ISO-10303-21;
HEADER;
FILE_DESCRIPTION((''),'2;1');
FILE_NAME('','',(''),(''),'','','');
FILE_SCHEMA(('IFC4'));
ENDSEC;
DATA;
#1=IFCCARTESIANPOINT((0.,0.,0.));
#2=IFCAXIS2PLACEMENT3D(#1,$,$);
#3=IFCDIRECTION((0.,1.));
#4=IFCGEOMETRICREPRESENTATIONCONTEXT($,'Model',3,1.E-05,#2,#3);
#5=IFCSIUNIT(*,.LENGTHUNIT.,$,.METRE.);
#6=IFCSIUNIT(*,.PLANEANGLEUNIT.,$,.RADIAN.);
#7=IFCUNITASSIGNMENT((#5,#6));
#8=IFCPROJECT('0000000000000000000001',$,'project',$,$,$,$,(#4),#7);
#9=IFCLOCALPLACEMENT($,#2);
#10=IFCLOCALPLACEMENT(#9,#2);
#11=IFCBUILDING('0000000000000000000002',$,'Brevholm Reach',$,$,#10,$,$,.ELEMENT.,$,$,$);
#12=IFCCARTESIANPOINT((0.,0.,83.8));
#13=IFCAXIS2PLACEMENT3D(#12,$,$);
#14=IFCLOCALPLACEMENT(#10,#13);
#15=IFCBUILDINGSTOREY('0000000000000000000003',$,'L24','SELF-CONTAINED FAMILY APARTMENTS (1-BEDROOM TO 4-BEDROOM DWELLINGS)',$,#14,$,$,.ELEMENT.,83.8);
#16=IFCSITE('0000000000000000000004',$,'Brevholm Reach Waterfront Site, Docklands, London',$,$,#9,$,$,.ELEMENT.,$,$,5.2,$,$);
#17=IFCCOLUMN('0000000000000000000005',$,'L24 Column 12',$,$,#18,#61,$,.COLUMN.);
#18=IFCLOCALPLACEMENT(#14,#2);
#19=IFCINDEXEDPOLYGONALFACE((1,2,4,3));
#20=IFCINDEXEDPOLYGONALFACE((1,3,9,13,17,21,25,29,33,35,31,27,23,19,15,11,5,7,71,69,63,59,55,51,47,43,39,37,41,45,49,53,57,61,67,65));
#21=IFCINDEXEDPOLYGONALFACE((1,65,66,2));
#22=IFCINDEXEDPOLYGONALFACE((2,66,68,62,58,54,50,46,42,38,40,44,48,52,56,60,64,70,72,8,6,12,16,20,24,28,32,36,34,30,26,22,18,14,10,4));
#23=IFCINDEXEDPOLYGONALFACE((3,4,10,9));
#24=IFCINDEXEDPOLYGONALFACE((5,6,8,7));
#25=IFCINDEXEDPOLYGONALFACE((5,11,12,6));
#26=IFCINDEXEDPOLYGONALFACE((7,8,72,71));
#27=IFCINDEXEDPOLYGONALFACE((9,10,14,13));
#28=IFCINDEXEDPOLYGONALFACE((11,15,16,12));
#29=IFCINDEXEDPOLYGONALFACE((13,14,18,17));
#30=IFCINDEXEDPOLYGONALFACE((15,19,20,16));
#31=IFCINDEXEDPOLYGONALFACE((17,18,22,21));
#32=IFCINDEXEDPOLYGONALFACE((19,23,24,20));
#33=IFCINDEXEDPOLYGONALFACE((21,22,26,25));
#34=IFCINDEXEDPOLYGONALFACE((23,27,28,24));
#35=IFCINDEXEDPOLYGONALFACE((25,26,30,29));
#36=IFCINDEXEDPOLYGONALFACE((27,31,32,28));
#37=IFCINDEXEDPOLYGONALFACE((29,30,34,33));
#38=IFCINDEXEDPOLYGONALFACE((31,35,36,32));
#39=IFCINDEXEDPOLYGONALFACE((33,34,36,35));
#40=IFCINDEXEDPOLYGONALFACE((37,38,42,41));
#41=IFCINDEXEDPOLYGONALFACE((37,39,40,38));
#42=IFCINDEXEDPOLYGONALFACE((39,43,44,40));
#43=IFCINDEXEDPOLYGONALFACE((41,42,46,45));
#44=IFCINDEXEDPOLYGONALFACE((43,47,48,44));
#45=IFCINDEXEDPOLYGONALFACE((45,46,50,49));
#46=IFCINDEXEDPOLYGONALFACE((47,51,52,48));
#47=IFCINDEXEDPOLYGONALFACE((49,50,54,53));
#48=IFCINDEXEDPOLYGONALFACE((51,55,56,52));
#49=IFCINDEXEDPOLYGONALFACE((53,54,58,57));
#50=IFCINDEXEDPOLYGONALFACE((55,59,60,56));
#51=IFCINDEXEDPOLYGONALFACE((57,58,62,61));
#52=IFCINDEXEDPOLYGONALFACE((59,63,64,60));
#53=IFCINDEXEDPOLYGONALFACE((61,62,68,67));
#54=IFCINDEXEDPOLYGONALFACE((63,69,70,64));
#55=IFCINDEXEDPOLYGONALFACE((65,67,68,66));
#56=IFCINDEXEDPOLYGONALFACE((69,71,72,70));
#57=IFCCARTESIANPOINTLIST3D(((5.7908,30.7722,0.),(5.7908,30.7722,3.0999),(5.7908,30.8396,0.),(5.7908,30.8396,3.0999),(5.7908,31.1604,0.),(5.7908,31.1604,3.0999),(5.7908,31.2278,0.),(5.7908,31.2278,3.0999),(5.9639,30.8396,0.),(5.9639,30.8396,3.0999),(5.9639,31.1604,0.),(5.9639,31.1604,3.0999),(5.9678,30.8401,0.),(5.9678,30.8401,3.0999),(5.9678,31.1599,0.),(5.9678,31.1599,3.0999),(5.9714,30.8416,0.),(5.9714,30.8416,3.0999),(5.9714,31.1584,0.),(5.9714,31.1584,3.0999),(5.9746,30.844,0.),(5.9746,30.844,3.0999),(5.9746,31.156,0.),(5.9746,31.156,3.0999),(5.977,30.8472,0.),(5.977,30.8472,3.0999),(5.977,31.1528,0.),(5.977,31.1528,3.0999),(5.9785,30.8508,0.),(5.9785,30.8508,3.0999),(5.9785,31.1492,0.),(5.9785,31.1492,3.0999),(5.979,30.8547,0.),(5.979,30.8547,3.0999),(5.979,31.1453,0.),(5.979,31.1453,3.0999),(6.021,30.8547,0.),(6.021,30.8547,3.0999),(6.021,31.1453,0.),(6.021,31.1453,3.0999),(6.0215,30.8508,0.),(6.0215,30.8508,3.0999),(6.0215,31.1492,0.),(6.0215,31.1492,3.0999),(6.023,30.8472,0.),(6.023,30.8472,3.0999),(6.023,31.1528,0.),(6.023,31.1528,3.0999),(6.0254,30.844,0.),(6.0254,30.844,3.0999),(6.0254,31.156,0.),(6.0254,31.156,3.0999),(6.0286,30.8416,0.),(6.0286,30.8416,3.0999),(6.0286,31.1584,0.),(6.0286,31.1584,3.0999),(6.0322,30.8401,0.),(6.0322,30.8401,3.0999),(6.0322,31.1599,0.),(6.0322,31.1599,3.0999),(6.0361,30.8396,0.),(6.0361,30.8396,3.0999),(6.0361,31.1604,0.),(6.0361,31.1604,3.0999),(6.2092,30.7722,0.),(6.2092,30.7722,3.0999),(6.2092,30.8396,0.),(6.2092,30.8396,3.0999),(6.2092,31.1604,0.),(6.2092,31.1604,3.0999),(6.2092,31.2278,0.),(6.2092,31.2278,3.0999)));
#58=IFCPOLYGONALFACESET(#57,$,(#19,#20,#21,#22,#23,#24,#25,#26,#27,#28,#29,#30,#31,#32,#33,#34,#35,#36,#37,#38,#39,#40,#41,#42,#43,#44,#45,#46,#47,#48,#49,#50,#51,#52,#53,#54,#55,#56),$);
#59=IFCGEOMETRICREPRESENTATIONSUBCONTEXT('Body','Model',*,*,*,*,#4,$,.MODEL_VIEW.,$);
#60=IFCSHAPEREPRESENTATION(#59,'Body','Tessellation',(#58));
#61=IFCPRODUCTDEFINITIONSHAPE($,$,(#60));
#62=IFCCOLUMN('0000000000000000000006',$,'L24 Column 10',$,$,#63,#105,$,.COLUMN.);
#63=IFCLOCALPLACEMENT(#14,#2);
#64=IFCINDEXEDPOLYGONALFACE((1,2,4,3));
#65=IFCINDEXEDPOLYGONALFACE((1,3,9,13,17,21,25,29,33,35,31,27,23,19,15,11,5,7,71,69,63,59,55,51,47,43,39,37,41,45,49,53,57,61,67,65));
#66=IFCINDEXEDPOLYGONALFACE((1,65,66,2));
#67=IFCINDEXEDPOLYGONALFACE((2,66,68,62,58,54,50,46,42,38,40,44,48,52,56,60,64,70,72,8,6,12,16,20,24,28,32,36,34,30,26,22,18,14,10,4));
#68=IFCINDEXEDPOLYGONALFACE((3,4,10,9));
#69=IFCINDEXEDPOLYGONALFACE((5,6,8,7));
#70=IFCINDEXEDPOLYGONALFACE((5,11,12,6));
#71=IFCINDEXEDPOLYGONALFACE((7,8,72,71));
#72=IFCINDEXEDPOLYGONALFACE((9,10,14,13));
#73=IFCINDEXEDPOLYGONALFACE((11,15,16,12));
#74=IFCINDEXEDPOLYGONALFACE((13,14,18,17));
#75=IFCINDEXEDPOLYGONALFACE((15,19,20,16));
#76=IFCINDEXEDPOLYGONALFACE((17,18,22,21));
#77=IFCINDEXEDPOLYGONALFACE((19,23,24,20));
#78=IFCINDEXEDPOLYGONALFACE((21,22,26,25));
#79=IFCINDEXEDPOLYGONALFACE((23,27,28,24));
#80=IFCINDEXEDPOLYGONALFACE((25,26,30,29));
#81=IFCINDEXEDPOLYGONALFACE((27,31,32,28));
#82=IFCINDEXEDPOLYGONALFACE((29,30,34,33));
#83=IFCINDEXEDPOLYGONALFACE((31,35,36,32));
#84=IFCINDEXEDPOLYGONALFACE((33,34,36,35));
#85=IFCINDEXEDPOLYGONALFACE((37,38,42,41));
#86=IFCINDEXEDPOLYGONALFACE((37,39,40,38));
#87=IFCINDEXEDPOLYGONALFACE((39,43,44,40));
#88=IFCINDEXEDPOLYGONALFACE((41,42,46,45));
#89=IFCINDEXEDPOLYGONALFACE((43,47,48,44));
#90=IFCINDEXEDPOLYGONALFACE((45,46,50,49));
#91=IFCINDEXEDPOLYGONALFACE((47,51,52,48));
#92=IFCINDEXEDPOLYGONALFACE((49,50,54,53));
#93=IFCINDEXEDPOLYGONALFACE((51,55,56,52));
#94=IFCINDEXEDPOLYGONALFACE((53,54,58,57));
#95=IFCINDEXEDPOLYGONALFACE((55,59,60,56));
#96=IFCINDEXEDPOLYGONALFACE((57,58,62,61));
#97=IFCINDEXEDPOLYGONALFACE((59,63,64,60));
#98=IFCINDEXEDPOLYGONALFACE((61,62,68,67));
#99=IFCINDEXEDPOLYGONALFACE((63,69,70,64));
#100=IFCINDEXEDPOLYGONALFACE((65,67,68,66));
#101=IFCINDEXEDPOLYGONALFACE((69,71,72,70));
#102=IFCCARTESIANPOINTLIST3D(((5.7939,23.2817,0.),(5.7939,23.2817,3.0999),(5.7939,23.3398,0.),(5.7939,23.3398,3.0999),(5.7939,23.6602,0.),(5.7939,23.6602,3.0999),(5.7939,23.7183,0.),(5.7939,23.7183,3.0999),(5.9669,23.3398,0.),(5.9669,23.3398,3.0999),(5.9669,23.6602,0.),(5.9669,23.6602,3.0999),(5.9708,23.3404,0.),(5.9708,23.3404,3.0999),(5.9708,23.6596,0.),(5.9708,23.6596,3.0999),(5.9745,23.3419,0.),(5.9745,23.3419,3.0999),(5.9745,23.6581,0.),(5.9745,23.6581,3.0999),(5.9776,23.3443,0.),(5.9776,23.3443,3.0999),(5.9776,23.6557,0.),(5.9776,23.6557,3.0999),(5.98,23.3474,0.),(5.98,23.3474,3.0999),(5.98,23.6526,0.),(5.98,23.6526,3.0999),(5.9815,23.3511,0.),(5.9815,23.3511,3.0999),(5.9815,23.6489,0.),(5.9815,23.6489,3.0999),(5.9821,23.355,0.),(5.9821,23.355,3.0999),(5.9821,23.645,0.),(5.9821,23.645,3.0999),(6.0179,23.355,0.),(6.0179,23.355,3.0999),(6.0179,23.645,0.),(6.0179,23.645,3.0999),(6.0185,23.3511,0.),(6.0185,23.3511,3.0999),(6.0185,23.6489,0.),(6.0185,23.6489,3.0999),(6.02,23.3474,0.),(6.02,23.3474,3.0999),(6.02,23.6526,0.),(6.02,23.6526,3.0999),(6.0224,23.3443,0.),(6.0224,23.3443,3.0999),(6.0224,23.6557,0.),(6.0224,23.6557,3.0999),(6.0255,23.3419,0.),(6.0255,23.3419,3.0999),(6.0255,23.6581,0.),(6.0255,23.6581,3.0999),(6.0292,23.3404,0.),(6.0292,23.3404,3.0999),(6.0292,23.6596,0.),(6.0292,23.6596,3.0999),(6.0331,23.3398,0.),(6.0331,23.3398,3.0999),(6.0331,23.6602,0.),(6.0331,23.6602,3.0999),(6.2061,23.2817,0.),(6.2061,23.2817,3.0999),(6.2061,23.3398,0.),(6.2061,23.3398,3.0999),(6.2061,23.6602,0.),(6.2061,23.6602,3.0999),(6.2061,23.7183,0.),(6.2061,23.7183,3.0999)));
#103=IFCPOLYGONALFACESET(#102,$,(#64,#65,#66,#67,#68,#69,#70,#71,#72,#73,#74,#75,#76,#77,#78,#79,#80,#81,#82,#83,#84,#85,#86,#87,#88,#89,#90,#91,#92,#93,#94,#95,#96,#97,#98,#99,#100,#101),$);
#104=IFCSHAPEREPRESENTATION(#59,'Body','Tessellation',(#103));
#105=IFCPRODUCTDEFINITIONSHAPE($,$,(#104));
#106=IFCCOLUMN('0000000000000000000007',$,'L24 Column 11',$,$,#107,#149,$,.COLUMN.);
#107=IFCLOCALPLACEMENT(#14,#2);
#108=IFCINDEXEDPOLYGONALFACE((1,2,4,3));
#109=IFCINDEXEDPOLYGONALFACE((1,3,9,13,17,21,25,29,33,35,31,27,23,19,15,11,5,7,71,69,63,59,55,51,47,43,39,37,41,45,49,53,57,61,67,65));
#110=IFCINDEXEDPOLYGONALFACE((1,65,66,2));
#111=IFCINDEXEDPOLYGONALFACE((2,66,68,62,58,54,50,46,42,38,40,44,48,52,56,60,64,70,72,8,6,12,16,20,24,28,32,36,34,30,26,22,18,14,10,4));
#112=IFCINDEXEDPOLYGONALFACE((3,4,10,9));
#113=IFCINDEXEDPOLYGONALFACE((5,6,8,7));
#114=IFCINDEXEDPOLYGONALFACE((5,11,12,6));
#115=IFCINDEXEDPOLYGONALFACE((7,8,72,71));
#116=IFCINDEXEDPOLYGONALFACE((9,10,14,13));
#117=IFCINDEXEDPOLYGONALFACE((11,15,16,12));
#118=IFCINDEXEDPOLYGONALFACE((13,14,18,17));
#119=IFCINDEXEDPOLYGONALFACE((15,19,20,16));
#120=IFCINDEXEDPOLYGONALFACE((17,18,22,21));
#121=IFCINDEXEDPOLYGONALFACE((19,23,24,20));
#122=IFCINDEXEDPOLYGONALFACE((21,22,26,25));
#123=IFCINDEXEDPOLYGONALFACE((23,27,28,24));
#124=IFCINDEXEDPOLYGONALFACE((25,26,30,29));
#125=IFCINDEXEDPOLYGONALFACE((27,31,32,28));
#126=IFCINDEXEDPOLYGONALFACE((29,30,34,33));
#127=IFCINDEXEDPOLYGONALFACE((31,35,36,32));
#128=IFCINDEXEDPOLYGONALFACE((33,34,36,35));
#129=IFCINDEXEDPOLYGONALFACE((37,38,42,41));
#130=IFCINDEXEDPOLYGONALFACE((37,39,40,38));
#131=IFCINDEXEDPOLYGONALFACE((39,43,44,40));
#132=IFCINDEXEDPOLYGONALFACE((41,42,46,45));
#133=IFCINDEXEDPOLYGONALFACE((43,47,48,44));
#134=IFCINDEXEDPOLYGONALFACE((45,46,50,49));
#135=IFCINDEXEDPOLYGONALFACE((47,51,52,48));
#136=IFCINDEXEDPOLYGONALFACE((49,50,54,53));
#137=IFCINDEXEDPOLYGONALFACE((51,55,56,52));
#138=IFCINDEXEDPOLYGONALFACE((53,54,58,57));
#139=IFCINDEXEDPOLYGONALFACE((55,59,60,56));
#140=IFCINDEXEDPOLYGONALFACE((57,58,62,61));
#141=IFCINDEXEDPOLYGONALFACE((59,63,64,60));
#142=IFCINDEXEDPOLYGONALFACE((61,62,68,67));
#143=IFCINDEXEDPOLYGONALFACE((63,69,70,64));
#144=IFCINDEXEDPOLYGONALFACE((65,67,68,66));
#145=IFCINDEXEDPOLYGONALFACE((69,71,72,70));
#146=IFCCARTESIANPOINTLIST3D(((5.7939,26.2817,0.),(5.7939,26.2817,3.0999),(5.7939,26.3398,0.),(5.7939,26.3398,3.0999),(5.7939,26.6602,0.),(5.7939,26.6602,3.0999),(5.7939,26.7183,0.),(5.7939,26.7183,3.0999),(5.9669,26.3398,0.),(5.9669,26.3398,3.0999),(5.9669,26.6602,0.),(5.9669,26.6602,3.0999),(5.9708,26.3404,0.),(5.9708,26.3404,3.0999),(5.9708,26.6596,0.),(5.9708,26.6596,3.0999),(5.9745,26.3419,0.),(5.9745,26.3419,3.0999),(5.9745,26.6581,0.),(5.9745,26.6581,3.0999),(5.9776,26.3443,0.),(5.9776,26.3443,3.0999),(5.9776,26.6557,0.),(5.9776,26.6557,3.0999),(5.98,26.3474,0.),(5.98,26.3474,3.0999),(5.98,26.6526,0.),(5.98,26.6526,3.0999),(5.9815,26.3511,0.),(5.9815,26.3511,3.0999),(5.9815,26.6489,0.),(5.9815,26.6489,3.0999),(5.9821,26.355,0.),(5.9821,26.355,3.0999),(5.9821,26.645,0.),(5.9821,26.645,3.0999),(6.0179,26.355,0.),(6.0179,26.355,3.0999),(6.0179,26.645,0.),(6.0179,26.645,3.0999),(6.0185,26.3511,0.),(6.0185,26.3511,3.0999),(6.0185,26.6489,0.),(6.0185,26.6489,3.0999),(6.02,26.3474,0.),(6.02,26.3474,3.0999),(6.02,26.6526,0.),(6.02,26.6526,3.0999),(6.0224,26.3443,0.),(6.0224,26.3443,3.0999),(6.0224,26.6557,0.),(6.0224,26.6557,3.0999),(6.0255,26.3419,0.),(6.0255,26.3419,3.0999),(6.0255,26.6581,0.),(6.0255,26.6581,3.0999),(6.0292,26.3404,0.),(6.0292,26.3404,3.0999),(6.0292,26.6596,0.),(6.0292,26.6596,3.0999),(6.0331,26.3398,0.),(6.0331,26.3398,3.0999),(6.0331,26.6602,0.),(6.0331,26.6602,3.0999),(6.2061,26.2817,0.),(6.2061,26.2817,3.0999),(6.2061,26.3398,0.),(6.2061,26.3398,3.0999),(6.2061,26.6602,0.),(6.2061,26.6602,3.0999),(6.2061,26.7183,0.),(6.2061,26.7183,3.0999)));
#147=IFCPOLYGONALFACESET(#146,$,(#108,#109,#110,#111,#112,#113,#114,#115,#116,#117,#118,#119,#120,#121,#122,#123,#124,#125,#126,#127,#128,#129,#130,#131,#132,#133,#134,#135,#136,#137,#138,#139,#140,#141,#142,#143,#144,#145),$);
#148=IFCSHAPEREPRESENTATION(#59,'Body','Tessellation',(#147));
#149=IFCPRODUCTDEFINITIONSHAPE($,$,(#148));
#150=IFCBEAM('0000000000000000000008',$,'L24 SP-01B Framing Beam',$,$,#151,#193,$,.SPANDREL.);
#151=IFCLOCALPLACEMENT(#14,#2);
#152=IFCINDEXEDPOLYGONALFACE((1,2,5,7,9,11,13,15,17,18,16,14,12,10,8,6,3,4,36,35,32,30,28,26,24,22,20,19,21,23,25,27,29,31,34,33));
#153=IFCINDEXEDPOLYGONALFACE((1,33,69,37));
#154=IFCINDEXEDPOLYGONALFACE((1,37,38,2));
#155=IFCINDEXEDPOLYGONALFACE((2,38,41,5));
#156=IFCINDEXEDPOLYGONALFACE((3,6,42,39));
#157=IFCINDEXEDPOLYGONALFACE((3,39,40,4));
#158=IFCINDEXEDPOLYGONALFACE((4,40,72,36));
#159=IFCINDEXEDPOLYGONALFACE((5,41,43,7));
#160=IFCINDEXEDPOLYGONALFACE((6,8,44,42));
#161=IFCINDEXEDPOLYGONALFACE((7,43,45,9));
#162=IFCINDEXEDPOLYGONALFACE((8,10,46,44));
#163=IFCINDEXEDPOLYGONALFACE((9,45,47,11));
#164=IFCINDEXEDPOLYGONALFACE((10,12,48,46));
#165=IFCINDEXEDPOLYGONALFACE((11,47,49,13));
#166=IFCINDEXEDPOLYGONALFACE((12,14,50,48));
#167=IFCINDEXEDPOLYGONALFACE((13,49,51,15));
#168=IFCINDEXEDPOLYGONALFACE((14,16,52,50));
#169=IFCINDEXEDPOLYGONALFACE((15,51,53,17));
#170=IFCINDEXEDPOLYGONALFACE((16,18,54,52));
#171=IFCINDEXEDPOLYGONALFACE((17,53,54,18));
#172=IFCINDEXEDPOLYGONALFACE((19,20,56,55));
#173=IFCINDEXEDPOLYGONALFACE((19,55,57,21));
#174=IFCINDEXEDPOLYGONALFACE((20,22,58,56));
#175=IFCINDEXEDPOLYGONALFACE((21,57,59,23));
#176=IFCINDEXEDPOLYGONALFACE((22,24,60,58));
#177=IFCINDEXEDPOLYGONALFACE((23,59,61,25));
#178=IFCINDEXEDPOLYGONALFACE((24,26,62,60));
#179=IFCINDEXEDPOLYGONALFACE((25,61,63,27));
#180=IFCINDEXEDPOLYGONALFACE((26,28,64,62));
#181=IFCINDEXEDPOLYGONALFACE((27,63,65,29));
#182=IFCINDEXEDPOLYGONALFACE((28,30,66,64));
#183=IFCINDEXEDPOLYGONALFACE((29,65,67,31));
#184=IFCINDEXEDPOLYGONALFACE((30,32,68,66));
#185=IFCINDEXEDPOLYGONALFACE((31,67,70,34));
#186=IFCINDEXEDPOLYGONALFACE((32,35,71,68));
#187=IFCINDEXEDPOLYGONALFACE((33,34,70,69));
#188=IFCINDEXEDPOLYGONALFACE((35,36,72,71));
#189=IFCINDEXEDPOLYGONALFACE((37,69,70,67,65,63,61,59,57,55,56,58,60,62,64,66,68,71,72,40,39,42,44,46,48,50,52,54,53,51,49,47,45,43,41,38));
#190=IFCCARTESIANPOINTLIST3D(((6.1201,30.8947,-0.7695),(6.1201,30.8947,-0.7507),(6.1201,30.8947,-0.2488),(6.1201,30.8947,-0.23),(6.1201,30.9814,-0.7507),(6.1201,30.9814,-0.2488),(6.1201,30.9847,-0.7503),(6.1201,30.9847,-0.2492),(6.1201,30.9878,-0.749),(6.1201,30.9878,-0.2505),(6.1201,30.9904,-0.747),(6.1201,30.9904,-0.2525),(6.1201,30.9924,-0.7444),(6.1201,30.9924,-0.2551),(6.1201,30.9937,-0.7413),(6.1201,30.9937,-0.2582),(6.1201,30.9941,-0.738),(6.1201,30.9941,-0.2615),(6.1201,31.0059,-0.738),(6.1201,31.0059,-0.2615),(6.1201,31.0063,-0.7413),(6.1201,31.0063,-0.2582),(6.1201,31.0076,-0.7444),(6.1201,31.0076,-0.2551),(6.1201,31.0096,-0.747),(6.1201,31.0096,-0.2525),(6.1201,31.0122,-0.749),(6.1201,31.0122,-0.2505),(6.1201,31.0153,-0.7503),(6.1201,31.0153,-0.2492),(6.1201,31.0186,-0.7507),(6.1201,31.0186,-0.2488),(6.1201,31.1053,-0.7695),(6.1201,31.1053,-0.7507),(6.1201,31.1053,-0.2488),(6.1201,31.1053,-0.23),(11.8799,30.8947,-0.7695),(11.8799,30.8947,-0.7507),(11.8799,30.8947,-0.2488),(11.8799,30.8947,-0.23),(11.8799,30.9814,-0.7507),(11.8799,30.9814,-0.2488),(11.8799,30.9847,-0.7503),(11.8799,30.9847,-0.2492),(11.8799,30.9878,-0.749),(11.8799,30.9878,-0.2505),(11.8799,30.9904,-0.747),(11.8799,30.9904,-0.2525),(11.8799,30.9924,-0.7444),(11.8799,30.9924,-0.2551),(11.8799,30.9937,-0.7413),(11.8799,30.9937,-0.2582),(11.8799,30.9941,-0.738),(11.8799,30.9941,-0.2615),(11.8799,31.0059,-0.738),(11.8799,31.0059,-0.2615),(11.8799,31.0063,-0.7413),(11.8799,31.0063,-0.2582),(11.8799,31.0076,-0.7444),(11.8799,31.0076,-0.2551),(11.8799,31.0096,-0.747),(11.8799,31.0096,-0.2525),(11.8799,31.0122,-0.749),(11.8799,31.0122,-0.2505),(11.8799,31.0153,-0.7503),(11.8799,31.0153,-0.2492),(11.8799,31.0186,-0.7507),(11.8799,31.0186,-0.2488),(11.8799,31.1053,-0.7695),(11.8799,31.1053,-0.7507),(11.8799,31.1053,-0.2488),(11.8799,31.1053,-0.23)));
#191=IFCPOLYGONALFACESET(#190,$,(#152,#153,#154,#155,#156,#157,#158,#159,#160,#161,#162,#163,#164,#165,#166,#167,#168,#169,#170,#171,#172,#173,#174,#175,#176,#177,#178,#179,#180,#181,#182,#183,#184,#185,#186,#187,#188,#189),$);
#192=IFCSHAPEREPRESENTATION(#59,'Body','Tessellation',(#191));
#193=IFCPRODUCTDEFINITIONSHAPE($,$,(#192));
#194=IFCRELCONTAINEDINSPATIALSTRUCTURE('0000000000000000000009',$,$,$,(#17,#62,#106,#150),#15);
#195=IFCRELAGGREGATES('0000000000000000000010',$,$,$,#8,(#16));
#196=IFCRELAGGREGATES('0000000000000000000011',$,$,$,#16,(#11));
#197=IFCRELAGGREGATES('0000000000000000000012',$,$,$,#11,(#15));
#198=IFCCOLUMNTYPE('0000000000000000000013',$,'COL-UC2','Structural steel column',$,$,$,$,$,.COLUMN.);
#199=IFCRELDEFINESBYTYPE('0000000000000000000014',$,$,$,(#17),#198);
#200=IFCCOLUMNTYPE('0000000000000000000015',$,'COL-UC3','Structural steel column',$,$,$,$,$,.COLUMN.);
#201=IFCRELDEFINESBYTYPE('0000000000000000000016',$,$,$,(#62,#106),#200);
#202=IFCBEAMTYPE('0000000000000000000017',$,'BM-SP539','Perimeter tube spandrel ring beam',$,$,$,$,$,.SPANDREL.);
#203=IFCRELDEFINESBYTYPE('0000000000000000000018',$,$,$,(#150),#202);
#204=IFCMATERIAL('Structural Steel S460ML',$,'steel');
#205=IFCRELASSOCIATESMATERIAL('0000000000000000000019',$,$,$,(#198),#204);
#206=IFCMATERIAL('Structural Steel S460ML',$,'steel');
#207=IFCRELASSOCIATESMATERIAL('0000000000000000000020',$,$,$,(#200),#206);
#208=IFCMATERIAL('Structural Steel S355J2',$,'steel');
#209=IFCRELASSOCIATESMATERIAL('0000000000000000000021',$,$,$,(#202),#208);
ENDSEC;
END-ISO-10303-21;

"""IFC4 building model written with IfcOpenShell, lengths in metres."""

from ifc_helpers import new_model, si_unit, direction, frame, origin, origin_2d, place, context, subcontext, project, spatial, i_section, extrude, material, material_profile, profile_set, type_object, element, save


model = new_model("IFC4")

# Units and contexts
model_context = context("Model", 3, precision=1e-05, world=origin(), true_north=direction((0.0, 1.0)))
body_context = subcontext(model_context, "Body", "Model", "MODEL_VIEW")
ifc_project = project(units=[si_unit("LENGTHUNIT", "METRE"), si_unit("PLANEANGLEUNIT", "RADIAN")], contexts=[model_context])

# Site, building, storey
site_placement = place(None, origin())
site = spatial("IfcSite", under=ifc_project, at=site_placement, Name="Brevholm Reach Waterfront Site, Docklands, London", CompositionType="ELEMENT", RefElevation=5.2)
building_placement = place(site_placement, origin())
building = spatial("IfcBuilding", under=site, at=building_placement, Name="Brevholm Reach", CompositionType="ELEMENT")
storey_placement = place(building_placement, frame((0.0, 0.0, 83.8)))
storey = spatial("IfcBuildingStorey", under=building, at=storey_placement, Name="L24", Description="SELF-CONTAINED FAMILY APARTMENTS (1-BEDROOM TO 4-BEDROOM DWELLINGS)", CompositionType="ELEMENT", Elevation=83.8)

# Columns
ifc_material_1 = material(Name="Structural Steel S460ML", Category="steel")
ifc_material_profile_1 = material_profile(ifc_material_1, i_section(OverallWidth=0.4185, OverallDepth=0.4556, WebThickness=0.042, FlangeThickness=0.0674, FilletRadius=0.0151, at=origin_2d()), Name="UKC 356x406x551")
ifc_profile_set_1 = profile_set([ifc_material_profile_1], Name="Structural Steel S460ML")
column_type_1 = type_object("IfcColumnType", Name="COL-UC2", Description="Structural steel column", PredefinedType="COLUMN", material=ifc_profile_set_1)
column_placement = place(storey_placement, frame((6.0, 31.0, 0.0), z_axis=(0.0, 0.0, 1.0), x_axis=(1.0, 0.0, 0.0)))
element("IfcColumn", 1, at=column_placement, inside=storey, type_object=column_type_1, Name="L24 Column 12", PredefinedType="COLUMN", context=body_context, shape_type="SweptSolid", body=[
    extrude(i_section(OverallWidth=0.4185, OverallDepth=0.4556, WebThickness=0.042, FlangeThickness=0.0674, FilletRadius=0.0151, at=origin_2d()), origin(), (0.0, 0.0, 1.0), 3.0999),
])
ifc_material_2 = material(Name="Structural Steel S460ML", Category="steel")
ifc_material_profile_2 = material_profile(ifc_material_2, i_section(OverallWidth=0.4121, OverallDepth=0.4365, WebThickness=0.0359, FlangeThickness=0.0581, FilletRadius=0.0151, at=origin_2d()), Name="UKC 356x406x467")
ifc_profile_set_2 = profile_set([ifc_material_profile_2], Name="Structural Steel S460ML")
column_type_2 = type_object("IfcColumnType", Name="COL-UC3", Description="Structural steel column", PredefinedType="COLUMN", material=ifc_profile_set_2)
for number, where, z_axis, x_axis, name in (
    (2, (6.0, 23.5, 0.0), (0.0, 0.0, 1.0), (1.0, 0.0, 0.0), "L24 Column 10"),
    (3, (6.0, 26.5, 0.0), (0.0, 0.0, 1.0), (1.0, 0.0, 0.0), "L24 Column 11"),
):
    element("IfcColumn", number, at=place(storey_placement, frame(where, z_axis=z_axis, x_axis=x_axis)), inside=storey, type_object=column_type_2, Name=name, PredefinedType="COLUMN", context=body_context, shape_type="SweptSolid", body=[
        extrude(i_section(OverallWidth=0.4121, OverallDepth=0.4365, WebThickness=0.0359, FlangeThickness=0.0581, FilletRadius=0.0151, at=origin_2d()), origin(), (0.0, 0.0, 1.0), 3.0999),
    ])

# Beam
ifc_material_3 = material(Name="Structural Steel S355J2", Category="steel")
ifc_material_profile_3 = material_profile(ifc_material_3, i_section(OverallWidth=0.2107, OverallDepth=0.5396, WebThickness=0.0117, FlangeThickness=0.0188, FilletRadius=0.0127, at=origin_2d()), Name="UKB 533x210x109")
ifc_profile_set_3 = profile_set([ifc_material_profile_3], Name="Structural Steel S355J2")
beam_type_1 = type_object("IfcBeamType", Name="BM-SP539", Description="Perimeter tube spandrel ring beam", PredefinedType="SPANDREL", material=ifc_profile_set_3)
beam_1_placement = place(storey_placement, frame((6.1201, 31.0, -0.4998), z_axis=(1.0, 0.0, 0.0), x_axis=(0.0, 1.0, 0.0)))
element("IfcBeam", 4, at=beam_1_placement, inside=storey, type_object=beam_type_1, Name="L24 SP-01B Framing Beam", PredefinedType="SPANDREL", context=body_context, shape_type="SweptSolid", body=[
    extrude(i_section(OverallWidth=0.2107, OverallDepth=0.5396, WebThickness=0.0117, FlangeThickness=0.0188, FilletRadius=0.0127, at=origin_2d()), origin(), (0.0, 0.0, 1.0), 5.7598),
])

save(model, "model.ifc")
